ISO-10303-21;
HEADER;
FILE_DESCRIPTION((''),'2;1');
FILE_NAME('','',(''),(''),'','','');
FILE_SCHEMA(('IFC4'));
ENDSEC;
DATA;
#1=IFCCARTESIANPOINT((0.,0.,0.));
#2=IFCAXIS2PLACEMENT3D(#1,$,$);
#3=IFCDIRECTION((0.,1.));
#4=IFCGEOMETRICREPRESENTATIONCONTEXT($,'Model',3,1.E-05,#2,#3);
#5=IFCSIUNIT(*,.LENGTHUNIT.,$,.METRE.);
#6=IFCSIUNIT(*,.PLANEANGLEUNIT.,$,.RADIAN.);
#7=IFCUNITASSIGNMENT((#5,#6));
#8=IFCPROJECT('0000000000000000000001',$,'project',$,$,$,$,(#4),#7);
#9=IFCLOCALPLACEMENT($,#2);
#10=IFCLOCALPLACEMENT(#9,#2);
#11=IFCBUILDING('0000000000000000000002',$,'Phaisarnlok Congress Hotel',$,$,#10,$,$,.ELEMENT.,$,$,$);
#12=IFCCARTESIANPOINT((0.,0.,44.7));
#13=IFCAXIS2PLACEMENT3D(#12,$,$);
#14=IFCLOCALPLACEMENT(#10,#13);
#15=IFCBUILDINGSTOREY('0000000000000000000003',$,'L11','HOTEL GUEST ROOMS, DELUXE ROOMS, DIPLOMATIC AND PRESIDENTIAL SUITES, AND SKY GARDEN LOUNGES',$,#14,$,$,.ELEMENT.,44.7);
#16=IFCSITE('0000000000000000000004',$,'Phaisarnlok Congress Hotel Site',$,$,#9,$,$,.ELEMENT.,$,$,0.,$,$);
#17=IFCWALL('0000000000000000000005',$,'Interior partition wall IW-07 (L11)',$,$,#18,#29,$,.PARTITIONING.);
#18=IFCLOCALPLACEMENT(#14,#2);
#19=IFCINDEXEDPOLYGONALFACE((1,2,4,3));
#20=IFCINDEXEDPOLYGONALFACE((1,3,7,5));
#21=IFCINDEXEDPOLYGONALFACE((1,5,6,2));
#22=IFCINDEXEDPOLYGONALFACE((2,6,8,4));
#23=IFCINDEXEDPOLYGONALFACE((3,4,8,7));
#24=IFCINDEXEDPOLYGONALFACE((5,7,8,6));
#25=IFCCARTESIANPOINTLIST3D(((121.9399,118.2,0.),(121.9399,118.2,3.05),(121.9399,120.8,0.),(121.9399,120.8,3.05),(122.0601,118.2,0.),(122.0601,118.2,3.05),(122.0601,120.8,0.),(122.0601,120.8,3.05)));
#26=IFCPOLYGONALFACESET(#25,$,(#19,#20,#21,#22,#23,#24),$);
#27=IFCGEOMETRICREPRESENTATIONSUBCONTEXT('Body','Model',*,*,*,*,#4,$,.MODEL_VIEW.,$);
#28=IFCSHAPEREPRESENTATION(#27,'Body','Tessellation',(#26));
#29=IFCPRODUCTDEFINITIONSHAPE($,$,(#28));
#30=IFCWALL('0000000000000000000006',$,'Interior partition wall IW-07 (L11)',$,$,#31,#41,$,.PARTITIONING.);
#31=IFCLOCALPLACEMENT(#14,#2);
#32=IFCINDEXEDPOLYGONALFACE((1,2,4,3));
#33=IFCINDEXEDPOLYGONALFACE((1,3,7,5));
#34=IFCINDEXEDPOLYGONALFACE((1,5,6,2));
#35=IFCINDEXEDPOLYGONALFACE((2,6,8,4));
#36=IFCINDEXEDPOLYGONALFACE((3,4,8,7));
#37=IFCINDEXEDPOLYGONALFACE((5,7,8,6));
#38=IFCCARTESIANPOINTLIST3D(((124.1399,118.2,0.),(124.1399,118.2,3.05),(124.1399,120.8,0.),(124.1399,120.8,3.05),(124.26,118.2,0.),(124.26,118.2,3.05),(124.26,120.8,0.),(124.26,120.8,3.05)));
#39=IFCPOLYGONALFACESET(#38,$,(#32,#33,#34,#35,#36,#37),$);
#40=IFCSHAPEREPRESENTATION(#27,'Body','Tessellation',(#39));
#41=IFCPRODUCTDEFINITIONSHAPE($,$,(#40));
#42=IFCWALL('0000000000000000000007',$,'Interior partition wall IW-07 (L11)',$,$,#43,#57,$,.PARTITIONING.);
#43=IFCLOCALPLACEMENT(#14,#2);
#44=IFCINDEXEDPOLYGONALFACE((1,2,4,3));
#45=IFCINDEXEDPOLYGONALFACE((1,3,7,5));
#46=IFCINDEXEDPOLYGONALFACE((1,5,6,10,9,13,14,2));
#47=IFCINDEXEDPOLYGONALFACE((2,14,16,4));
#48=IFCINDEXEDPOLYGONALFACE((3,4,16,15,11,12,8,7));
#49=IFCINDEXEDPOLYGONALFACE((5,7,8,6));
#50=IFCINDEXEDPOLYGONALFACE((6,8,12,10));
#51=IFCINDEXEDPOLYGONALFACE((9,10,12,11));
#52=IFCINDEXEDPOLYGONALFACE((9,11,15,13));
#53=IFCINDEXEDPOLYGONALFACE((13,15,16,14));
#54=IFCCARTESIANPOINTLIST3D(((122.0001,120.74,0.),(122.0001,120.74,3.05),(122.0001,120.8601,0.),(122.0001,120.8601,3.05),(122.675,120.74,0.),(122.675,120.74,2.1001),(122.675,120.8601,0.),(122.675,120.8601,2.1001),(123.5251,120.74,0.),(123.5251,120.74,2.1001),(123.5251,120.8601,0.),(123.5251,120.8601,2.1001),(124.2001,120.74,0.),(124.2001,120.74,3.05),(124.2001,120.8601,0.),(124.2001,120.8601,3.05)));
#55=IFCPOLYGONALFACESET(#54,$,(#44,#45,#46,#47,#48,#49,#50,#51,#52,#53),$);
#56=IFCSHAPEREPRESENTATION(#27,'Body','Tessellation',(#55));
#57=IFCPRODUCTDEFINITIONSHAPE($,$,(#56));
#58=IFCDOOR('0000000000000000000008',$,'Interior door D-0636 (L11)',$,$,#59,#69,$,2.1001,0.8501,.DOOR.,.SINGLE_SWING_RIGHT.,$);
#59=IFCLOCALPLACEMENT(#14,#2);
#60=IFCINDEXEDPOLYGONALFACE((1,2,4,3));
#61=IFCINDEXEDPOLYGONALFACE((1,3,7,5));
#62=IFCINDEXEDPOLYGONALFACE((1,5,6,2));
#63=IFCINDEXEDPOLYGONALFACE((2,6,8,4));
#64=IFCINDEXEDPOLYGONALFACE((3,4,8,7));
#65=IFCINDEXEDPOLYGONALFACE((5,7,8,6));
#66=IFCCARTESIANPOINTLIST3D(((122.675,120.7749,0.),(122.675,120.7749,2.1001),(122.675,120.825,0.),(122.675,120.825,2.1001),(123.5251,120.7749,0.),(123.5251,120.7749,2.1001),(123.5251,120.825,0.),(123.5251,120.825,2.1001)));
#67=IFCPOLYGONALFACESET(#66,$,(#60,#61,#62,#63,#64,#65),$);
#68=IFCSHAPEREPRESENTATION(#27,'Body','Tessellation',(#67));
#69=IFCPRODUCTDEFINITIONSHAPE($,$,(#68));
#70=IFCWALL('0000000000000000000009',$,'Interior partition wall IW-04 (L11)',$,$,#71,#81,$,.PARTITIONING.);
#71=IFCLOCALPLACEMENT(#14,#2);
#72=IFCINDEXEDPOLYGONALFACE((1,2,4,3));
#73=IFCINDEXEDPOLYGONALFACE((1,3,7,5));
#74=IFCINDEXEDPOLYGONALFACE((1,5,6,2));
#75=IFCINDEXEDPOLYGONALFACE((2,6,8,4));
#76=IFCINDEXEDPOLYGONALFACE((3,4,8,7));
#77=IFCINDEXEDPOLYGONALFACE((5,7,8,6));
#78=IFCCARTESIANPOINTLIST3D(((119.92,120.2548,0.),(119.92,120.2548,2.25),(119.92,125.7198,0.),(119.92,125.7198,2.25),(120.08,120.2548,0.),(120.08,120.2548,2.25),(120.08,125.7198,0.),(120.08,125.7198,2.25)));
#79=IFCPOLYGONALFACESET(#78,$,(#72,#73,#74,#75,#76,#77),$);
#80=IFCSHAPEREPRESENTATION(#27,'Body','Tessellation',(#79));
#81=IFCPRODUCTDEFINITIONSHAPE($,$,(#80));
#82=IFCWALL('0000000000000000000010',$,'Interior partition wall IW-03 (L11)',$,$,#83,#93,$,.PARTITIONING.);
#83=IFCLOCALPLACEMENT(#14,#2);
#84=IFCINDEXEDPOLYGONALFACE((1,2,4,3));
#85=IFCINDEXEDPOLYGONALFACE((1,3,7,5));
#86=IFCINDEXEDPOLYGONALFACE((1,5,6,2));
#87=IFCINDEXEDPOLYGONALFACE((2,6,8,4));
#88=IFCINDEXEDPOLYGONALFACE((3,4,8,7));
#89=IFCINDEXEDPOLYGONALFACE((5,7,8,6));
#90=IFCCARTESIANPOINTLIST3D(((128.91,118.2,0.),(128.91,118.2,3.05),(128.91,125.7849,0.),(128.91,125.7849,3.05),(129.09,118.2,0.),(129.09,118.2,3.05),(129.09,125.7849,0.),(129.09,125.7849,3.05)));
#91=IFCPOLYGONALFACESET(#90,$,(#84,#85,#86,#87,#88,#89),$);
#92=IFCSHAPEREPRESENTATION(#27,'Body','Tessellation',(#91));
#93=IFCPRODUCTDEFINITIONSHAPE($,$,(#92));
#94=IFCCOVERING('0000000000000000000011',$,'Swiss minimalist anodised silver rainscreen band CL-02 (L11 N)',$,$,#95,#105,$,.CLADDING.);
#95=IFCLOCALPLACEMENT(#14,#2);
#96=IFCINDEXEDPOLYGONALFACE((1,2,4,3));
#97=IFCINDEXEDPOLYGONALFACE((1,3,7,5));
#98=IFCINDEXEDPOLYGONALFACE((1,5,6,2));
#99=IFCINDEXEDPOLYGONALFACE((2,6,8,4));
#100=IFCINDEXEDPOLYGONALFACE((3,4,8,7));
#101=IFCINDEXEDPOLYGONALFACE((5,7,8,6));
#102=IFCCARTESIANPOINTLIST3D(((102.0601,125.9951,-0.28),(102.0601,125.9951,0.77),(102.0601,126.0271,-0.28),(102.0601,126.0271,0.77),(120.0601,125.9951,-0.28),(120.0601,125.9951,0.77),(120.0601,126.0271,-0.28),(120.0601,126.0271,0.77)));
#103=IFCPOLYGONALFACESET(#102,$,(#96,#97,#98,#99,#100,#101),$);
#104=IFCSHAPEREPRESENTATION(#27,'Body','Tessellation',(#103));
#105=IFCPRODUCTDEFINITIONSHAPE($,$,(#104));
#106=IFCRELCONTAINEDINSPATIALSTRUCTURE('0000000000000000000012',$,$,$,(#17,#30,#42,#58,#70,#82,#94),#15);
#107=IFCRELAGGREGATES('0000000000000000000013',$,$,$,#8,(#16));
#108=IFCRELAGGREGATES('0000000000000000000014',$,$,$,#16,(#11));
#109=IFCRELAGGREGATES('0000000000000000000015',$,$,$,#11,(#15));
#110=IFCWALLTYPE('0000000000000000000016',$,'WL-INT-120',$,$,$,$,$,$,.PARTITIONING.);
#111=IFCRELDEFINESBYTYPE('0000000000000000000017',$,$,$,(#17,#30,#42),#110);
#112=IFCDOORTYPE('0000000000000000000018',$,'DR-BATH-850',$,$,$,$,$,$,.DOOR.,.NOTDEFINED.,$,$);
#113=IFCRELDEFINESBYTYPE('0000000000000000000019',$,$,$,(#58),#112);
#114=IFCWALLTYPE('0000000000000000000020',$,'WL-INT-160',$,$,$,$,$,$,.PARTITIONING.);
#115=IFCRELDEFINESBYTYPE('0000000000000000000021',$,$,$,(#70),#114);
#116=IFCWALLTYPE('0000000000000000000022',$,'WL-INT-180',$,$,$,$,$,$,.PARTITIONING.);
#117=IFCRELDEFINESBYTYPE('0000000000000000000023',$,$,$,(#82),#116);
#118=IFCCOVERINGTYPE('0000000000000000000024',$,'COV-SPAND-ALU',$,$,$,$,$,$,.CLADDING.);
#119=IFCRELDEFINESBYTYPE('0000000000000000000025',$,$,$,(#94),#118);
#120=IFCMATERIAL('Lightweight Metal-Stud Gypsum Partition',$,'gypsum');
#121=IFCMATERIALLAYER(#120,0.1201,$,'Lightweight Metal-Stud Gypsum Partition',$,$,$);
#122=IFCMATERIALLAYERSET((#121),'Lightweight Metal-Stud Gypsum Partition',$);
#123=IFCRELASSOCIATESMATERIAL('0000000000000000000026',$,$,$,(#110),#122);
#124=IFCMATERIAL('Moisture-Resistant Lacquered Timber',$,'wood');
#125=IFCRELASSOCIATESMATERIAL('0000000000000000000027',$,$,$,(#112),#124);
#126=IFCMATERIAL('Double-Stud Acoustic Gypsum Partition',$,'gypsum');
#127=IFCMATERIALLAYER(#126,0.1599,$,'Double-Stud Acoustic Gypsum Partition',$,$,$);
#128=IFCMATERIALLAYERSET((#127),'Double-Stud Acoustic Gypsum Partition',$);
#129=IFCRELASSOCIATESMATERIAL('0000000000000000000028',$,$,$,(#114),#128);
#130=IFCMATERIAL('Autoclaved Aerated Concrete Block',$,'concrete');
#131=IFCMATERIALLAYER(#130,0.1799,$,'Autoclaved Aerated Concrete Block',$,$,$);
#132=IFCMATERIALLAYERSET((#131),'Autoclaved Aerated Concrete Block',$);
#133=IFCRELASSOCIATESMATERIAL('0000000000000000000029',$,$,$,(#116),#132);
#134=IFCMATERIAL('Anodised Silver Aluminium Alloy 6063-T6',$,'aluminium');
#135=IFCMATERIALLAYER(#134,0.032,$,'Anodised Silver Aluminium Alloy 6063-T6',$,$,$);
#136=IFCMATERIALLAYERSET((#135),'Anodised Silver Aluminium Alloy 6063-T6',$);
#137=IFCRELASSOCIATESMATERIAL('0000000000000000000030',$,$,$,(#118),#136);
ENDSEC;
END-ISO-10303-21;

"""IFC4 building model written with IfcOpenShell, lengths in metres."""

from ifc_helpers import new_model, si_unit, direction, frame, frame_2d, origin, place, context, subcontext, project, spatial, polyline, rectangle, outline, extrude, material, layer, layer_set, type_object, element, fill, save


model = new_model("IFC4")

# Units and contexts
model_context = context("Model", 3, precision=1e-05, world=origin(), true_north=direction((0.0, 1.0)))
body_context = subcontext(model_context, "Body", "Model", "MODEL_VIEW")
ifc_project = project(units=[si_unit("LENGTHUNIT", "METRE"), si_unit("PLANEANGLEUNIT", "RADIAN")], contexts=[model_context])

# Site, building, storey
site_placement = place(None, origin())
site = spatial("IfcSite", under=ifc_project, at=site_placement, Name="Phaisarnlok Congress Hotel Site", CompositionType="ELEMENT", RefElevation=0.0)
building_placement = place(site_placement, origin())
building = spatial("IfcBuilding", under=site, at=building_placement, Name="Phaisarnlok Congress Hotel", CompositionType="ELEMENT")
storey_placement = place(building_placement, frame((0.0, 0.0, 44.7)))
storey = spatial("IfcBuildingStorey", under=building, at=storey_placement, Name="L11", Description="HOTEL GUEST ROOMS, DELUXE ROOMS, DIPLOMATIC AND PRESIDENTIAL SUITES, AND SKY GARDEN LOUNGES", CompositionType="ELEMENT", Elevation=44.7)

# Walls
ifc_material_1 = material(Name="Lightweight Metal-Stud Gypsum Partition", Category="gypsum")
ifc_layer_1 = layer(ifc_material_1, 0.1201, Name="Lightweight Metal-Stud Gypsum Partition")
ifc_layer_set_1 = layer_set([ifc_layer_1], Name="Lightweight Metal-Stud Gypsum Partition")
wall_type_1 = type_object("IfcWallType", Name="WL-INT-120", PredefinedType="PARTITIONING", material=ifc_layer_set_1)
for number, where, z_axis, x_axis, name in (
    (1, (122.0, 118.2, 0.0), (0.0, 0.0, 1.0), (0.0, 1.0, 0.0), "Interior partition wall IW-07 (L11)"),
    (2, (124.2, 118.2, 0.0), (0.0, 0.0, 1.0), (0.0, 1.0, 0.0), "Interior partition wall IW-07 (L11)"),
):
    element("IfcWall", number, at=place(storey_placement, frame(where, z_axis=z_axis, x_axis=x_axis)), inside=storey, type_object=wall_type_1, Name=name, PredefinedType="PARTITIONING", context=body_context, shape_type="SweptSolid", body=[
        extrude(rectangle(XDim=2.6001, YDim=0.1201, at=frame_2d((1.3, 0.0))), origin(), (0.0, 0.0, 1.0), 3.05),
    ])

# Wall, opening, door
wall_1_placement = place(storey_placement, frame((122.0, 120.8, 0.0), z_axis=(0.0, 0.0, 1.0), x_axis=(1.0, 0.0, 0.0)))
wall_1 = element("IfcWall", 3, at=wall_1_placement, inside=storey, type_object=wall_type_1, Name="Interior partition wall IW-07 (L11)", PredefinedType="PARTITIONING", context=body_context, shape_type="SweptSolid", body=[
    extrude(rectangle(XDim=2.2, YDim=0.1201, at=frame_2d((1.1001, 0.0))), origin(), (0.0, 0.0, 1.0), 3.05),
])
opening_1_placement = place(wall_1_placement, frame((0.675, 0.0, 0.0)))
opening_1 = element("IfcOpeningElement", 4, at=opening_1_placement, cuts=wall_1, PredefinedType="OPENING", context=body_context, shape_type="SweptSolid", body=[
    extrude(rectangle(XDim=0.8501, YDim=2.1001, at=frame_2d((0.425, 1.05))), frame((0.0, 0.0701, 0.0), z_axis=(0.0, -1.0, 0.0), x_axis=(1.0, 0.0, 0.0)), (0.0, 0.0, 1.0), 0.1401),
])
ifc_material_2 = material(Name="Moisture-Resistant Lacquered Timber", Category="wood")
door_type = type_object("IfcDoorType", Name="DR-BATH-850", OperationType="NOTDEFINED", PredefinedType="DOOR", material=ifc_material_2)
door_placement = place(opening_1_placement, origin())
door = element("IfcDoor", 5, at=door_placement, inside=storey, type_object=door_type, Name="Interior door D-0636 (L11)", OperationType="SINGLE_SWING_RIGHT", OverallHeight=2.1001, OverallWidth=0.8501, PredefinedType="DOOR", context=body_context, shape_type="SweptSolid", body=[
    extrude(rectangle(XDim=0.8501, YDim=2.1001, at=frame_2d((0.425, 1.05))), frame((0.0, 0.0249, 0.0), z_axis=(0.0, -1.0, 0.0), x_axis=(1.0, 0.0, 0.0)), (0.0, 0.0, 1.0), 0.05),
])
fill(opening_1, door)

# Walls
ifc_material_3 = material(Name="Double-Stud Acoustic Gypsum Partition", Category="gypsum")
ifc_layer_2 = layer(ifc_material_3, 0.1599, Name="Double-Stud Acoustic Gypsum Partition")
ifc_layer_set_2 = layer_set([ifc_layer_2], Name="Double-Stud Acoustic Gypsum Partition")
wall_type_2 = type_object("IfcWallType", Name="WL-INT-160", PredefinedType="PARTITIONING", material=ifc_layer_set_2)
wall_2_placement = place(storey_placement, frame((120.0, 120.2549, 0.0), z_axis=(0.0, 0.0, 1.0), x_axis=(0.0, 1.0, 0.0)))
element("IfcWall", 6, at=wall_2_placement, inside=storey, type_object=wall_type_2, Name="Interior partition wall IW-04 (L11)", PredefinedType="PARTITIONING", context=body_context, shape_type="SweptSolid", body=[
    extrude(rectangle(XDim=5.4651, YDim=0.1599, at=frame_2d((2.7324, 0.0))), origin(), (0.0, 0.0, 1.0), 2.25),
])
ifc_material_4 = material(Name="Autoclaved Aerated Concrete Block", Category="concrete")
ifc_layer_3 = layer(ifc_material_4, 0.1799, Name="Autoclaved Aerated Concrete Block")
ifc_layer_set_3 = layer_set([ifc_layer_3], Name="Autoclaved Aerated Concrete Block")
wall_type_3 = type_object("IfcWallType", Name="WL-INT-180", PredefinedType="PARTITIONING", material=ifc_layer_set_3)
wall_3_placement = place(storey_placement, frame((129.0, 118.2, 0.0), z_axis=(0.0, 0.0, 1.0), x_axis=(0.0, 1.0, 0.0)))
element("IfcWall", 7, at=wall_3_placement, inside=storey, type_object=wall_type_3, Name="Interior partition wall IW-03 (L11)", PredefinedType="PARTITIONING", context=body_context, shape_type="SweptSolid", body=[
    extrude(rectangle(XDim=7.585, YDim=0.1799, at=frame_2d((3.7925, 0.0))), origin(), (0.0, 0.0, 1.0), 3.05),
])

# Covering
ifc_material_5 = material(Name="Anodised Silver Aluminium Alloy 6063-T6", Category="aluminium")
ifc_layer_4 = layer(ifc_material_5, 0.032, Name="Anodised Silver Aluminium Alloy 6063-T6")
ifc_layer_set_4 = layer_set([ifc_layer_4], Name="Anodised Silver Aluminium Alloy 6063-T6")
covering_type = type_object("IfcCoveringType", Name="COV-SPAND-ALU", PredefinedType="CLADDING", material=ifc_layer_set_4)
covering_placement = place(storey_placement, frame((120.0601, 125.9951, -0.28), z_axis=(0.0, 1.0, 0.0), x_axis=(-1.0, 0.0, 0.0)))
element("IfcCovering", 8, at=covering_placement, inside=storey, type_object=covering_type, Name="Swiss minimalist anodised silver rainscreen band CL-02 (L11 N)", PredefinedType="CLADDING", context=body_context, shape_type="SweptSolid", body=[
    extrude(outline(polyline([(0.0, 0.0), (18.0, 0.0), (18.0, 1.05), (0.0, 1.05), (0.0, 0.0)])), origin(), (0.0, 0.0, 1.0), 0.032),
])

save(model, "model.ifc")
